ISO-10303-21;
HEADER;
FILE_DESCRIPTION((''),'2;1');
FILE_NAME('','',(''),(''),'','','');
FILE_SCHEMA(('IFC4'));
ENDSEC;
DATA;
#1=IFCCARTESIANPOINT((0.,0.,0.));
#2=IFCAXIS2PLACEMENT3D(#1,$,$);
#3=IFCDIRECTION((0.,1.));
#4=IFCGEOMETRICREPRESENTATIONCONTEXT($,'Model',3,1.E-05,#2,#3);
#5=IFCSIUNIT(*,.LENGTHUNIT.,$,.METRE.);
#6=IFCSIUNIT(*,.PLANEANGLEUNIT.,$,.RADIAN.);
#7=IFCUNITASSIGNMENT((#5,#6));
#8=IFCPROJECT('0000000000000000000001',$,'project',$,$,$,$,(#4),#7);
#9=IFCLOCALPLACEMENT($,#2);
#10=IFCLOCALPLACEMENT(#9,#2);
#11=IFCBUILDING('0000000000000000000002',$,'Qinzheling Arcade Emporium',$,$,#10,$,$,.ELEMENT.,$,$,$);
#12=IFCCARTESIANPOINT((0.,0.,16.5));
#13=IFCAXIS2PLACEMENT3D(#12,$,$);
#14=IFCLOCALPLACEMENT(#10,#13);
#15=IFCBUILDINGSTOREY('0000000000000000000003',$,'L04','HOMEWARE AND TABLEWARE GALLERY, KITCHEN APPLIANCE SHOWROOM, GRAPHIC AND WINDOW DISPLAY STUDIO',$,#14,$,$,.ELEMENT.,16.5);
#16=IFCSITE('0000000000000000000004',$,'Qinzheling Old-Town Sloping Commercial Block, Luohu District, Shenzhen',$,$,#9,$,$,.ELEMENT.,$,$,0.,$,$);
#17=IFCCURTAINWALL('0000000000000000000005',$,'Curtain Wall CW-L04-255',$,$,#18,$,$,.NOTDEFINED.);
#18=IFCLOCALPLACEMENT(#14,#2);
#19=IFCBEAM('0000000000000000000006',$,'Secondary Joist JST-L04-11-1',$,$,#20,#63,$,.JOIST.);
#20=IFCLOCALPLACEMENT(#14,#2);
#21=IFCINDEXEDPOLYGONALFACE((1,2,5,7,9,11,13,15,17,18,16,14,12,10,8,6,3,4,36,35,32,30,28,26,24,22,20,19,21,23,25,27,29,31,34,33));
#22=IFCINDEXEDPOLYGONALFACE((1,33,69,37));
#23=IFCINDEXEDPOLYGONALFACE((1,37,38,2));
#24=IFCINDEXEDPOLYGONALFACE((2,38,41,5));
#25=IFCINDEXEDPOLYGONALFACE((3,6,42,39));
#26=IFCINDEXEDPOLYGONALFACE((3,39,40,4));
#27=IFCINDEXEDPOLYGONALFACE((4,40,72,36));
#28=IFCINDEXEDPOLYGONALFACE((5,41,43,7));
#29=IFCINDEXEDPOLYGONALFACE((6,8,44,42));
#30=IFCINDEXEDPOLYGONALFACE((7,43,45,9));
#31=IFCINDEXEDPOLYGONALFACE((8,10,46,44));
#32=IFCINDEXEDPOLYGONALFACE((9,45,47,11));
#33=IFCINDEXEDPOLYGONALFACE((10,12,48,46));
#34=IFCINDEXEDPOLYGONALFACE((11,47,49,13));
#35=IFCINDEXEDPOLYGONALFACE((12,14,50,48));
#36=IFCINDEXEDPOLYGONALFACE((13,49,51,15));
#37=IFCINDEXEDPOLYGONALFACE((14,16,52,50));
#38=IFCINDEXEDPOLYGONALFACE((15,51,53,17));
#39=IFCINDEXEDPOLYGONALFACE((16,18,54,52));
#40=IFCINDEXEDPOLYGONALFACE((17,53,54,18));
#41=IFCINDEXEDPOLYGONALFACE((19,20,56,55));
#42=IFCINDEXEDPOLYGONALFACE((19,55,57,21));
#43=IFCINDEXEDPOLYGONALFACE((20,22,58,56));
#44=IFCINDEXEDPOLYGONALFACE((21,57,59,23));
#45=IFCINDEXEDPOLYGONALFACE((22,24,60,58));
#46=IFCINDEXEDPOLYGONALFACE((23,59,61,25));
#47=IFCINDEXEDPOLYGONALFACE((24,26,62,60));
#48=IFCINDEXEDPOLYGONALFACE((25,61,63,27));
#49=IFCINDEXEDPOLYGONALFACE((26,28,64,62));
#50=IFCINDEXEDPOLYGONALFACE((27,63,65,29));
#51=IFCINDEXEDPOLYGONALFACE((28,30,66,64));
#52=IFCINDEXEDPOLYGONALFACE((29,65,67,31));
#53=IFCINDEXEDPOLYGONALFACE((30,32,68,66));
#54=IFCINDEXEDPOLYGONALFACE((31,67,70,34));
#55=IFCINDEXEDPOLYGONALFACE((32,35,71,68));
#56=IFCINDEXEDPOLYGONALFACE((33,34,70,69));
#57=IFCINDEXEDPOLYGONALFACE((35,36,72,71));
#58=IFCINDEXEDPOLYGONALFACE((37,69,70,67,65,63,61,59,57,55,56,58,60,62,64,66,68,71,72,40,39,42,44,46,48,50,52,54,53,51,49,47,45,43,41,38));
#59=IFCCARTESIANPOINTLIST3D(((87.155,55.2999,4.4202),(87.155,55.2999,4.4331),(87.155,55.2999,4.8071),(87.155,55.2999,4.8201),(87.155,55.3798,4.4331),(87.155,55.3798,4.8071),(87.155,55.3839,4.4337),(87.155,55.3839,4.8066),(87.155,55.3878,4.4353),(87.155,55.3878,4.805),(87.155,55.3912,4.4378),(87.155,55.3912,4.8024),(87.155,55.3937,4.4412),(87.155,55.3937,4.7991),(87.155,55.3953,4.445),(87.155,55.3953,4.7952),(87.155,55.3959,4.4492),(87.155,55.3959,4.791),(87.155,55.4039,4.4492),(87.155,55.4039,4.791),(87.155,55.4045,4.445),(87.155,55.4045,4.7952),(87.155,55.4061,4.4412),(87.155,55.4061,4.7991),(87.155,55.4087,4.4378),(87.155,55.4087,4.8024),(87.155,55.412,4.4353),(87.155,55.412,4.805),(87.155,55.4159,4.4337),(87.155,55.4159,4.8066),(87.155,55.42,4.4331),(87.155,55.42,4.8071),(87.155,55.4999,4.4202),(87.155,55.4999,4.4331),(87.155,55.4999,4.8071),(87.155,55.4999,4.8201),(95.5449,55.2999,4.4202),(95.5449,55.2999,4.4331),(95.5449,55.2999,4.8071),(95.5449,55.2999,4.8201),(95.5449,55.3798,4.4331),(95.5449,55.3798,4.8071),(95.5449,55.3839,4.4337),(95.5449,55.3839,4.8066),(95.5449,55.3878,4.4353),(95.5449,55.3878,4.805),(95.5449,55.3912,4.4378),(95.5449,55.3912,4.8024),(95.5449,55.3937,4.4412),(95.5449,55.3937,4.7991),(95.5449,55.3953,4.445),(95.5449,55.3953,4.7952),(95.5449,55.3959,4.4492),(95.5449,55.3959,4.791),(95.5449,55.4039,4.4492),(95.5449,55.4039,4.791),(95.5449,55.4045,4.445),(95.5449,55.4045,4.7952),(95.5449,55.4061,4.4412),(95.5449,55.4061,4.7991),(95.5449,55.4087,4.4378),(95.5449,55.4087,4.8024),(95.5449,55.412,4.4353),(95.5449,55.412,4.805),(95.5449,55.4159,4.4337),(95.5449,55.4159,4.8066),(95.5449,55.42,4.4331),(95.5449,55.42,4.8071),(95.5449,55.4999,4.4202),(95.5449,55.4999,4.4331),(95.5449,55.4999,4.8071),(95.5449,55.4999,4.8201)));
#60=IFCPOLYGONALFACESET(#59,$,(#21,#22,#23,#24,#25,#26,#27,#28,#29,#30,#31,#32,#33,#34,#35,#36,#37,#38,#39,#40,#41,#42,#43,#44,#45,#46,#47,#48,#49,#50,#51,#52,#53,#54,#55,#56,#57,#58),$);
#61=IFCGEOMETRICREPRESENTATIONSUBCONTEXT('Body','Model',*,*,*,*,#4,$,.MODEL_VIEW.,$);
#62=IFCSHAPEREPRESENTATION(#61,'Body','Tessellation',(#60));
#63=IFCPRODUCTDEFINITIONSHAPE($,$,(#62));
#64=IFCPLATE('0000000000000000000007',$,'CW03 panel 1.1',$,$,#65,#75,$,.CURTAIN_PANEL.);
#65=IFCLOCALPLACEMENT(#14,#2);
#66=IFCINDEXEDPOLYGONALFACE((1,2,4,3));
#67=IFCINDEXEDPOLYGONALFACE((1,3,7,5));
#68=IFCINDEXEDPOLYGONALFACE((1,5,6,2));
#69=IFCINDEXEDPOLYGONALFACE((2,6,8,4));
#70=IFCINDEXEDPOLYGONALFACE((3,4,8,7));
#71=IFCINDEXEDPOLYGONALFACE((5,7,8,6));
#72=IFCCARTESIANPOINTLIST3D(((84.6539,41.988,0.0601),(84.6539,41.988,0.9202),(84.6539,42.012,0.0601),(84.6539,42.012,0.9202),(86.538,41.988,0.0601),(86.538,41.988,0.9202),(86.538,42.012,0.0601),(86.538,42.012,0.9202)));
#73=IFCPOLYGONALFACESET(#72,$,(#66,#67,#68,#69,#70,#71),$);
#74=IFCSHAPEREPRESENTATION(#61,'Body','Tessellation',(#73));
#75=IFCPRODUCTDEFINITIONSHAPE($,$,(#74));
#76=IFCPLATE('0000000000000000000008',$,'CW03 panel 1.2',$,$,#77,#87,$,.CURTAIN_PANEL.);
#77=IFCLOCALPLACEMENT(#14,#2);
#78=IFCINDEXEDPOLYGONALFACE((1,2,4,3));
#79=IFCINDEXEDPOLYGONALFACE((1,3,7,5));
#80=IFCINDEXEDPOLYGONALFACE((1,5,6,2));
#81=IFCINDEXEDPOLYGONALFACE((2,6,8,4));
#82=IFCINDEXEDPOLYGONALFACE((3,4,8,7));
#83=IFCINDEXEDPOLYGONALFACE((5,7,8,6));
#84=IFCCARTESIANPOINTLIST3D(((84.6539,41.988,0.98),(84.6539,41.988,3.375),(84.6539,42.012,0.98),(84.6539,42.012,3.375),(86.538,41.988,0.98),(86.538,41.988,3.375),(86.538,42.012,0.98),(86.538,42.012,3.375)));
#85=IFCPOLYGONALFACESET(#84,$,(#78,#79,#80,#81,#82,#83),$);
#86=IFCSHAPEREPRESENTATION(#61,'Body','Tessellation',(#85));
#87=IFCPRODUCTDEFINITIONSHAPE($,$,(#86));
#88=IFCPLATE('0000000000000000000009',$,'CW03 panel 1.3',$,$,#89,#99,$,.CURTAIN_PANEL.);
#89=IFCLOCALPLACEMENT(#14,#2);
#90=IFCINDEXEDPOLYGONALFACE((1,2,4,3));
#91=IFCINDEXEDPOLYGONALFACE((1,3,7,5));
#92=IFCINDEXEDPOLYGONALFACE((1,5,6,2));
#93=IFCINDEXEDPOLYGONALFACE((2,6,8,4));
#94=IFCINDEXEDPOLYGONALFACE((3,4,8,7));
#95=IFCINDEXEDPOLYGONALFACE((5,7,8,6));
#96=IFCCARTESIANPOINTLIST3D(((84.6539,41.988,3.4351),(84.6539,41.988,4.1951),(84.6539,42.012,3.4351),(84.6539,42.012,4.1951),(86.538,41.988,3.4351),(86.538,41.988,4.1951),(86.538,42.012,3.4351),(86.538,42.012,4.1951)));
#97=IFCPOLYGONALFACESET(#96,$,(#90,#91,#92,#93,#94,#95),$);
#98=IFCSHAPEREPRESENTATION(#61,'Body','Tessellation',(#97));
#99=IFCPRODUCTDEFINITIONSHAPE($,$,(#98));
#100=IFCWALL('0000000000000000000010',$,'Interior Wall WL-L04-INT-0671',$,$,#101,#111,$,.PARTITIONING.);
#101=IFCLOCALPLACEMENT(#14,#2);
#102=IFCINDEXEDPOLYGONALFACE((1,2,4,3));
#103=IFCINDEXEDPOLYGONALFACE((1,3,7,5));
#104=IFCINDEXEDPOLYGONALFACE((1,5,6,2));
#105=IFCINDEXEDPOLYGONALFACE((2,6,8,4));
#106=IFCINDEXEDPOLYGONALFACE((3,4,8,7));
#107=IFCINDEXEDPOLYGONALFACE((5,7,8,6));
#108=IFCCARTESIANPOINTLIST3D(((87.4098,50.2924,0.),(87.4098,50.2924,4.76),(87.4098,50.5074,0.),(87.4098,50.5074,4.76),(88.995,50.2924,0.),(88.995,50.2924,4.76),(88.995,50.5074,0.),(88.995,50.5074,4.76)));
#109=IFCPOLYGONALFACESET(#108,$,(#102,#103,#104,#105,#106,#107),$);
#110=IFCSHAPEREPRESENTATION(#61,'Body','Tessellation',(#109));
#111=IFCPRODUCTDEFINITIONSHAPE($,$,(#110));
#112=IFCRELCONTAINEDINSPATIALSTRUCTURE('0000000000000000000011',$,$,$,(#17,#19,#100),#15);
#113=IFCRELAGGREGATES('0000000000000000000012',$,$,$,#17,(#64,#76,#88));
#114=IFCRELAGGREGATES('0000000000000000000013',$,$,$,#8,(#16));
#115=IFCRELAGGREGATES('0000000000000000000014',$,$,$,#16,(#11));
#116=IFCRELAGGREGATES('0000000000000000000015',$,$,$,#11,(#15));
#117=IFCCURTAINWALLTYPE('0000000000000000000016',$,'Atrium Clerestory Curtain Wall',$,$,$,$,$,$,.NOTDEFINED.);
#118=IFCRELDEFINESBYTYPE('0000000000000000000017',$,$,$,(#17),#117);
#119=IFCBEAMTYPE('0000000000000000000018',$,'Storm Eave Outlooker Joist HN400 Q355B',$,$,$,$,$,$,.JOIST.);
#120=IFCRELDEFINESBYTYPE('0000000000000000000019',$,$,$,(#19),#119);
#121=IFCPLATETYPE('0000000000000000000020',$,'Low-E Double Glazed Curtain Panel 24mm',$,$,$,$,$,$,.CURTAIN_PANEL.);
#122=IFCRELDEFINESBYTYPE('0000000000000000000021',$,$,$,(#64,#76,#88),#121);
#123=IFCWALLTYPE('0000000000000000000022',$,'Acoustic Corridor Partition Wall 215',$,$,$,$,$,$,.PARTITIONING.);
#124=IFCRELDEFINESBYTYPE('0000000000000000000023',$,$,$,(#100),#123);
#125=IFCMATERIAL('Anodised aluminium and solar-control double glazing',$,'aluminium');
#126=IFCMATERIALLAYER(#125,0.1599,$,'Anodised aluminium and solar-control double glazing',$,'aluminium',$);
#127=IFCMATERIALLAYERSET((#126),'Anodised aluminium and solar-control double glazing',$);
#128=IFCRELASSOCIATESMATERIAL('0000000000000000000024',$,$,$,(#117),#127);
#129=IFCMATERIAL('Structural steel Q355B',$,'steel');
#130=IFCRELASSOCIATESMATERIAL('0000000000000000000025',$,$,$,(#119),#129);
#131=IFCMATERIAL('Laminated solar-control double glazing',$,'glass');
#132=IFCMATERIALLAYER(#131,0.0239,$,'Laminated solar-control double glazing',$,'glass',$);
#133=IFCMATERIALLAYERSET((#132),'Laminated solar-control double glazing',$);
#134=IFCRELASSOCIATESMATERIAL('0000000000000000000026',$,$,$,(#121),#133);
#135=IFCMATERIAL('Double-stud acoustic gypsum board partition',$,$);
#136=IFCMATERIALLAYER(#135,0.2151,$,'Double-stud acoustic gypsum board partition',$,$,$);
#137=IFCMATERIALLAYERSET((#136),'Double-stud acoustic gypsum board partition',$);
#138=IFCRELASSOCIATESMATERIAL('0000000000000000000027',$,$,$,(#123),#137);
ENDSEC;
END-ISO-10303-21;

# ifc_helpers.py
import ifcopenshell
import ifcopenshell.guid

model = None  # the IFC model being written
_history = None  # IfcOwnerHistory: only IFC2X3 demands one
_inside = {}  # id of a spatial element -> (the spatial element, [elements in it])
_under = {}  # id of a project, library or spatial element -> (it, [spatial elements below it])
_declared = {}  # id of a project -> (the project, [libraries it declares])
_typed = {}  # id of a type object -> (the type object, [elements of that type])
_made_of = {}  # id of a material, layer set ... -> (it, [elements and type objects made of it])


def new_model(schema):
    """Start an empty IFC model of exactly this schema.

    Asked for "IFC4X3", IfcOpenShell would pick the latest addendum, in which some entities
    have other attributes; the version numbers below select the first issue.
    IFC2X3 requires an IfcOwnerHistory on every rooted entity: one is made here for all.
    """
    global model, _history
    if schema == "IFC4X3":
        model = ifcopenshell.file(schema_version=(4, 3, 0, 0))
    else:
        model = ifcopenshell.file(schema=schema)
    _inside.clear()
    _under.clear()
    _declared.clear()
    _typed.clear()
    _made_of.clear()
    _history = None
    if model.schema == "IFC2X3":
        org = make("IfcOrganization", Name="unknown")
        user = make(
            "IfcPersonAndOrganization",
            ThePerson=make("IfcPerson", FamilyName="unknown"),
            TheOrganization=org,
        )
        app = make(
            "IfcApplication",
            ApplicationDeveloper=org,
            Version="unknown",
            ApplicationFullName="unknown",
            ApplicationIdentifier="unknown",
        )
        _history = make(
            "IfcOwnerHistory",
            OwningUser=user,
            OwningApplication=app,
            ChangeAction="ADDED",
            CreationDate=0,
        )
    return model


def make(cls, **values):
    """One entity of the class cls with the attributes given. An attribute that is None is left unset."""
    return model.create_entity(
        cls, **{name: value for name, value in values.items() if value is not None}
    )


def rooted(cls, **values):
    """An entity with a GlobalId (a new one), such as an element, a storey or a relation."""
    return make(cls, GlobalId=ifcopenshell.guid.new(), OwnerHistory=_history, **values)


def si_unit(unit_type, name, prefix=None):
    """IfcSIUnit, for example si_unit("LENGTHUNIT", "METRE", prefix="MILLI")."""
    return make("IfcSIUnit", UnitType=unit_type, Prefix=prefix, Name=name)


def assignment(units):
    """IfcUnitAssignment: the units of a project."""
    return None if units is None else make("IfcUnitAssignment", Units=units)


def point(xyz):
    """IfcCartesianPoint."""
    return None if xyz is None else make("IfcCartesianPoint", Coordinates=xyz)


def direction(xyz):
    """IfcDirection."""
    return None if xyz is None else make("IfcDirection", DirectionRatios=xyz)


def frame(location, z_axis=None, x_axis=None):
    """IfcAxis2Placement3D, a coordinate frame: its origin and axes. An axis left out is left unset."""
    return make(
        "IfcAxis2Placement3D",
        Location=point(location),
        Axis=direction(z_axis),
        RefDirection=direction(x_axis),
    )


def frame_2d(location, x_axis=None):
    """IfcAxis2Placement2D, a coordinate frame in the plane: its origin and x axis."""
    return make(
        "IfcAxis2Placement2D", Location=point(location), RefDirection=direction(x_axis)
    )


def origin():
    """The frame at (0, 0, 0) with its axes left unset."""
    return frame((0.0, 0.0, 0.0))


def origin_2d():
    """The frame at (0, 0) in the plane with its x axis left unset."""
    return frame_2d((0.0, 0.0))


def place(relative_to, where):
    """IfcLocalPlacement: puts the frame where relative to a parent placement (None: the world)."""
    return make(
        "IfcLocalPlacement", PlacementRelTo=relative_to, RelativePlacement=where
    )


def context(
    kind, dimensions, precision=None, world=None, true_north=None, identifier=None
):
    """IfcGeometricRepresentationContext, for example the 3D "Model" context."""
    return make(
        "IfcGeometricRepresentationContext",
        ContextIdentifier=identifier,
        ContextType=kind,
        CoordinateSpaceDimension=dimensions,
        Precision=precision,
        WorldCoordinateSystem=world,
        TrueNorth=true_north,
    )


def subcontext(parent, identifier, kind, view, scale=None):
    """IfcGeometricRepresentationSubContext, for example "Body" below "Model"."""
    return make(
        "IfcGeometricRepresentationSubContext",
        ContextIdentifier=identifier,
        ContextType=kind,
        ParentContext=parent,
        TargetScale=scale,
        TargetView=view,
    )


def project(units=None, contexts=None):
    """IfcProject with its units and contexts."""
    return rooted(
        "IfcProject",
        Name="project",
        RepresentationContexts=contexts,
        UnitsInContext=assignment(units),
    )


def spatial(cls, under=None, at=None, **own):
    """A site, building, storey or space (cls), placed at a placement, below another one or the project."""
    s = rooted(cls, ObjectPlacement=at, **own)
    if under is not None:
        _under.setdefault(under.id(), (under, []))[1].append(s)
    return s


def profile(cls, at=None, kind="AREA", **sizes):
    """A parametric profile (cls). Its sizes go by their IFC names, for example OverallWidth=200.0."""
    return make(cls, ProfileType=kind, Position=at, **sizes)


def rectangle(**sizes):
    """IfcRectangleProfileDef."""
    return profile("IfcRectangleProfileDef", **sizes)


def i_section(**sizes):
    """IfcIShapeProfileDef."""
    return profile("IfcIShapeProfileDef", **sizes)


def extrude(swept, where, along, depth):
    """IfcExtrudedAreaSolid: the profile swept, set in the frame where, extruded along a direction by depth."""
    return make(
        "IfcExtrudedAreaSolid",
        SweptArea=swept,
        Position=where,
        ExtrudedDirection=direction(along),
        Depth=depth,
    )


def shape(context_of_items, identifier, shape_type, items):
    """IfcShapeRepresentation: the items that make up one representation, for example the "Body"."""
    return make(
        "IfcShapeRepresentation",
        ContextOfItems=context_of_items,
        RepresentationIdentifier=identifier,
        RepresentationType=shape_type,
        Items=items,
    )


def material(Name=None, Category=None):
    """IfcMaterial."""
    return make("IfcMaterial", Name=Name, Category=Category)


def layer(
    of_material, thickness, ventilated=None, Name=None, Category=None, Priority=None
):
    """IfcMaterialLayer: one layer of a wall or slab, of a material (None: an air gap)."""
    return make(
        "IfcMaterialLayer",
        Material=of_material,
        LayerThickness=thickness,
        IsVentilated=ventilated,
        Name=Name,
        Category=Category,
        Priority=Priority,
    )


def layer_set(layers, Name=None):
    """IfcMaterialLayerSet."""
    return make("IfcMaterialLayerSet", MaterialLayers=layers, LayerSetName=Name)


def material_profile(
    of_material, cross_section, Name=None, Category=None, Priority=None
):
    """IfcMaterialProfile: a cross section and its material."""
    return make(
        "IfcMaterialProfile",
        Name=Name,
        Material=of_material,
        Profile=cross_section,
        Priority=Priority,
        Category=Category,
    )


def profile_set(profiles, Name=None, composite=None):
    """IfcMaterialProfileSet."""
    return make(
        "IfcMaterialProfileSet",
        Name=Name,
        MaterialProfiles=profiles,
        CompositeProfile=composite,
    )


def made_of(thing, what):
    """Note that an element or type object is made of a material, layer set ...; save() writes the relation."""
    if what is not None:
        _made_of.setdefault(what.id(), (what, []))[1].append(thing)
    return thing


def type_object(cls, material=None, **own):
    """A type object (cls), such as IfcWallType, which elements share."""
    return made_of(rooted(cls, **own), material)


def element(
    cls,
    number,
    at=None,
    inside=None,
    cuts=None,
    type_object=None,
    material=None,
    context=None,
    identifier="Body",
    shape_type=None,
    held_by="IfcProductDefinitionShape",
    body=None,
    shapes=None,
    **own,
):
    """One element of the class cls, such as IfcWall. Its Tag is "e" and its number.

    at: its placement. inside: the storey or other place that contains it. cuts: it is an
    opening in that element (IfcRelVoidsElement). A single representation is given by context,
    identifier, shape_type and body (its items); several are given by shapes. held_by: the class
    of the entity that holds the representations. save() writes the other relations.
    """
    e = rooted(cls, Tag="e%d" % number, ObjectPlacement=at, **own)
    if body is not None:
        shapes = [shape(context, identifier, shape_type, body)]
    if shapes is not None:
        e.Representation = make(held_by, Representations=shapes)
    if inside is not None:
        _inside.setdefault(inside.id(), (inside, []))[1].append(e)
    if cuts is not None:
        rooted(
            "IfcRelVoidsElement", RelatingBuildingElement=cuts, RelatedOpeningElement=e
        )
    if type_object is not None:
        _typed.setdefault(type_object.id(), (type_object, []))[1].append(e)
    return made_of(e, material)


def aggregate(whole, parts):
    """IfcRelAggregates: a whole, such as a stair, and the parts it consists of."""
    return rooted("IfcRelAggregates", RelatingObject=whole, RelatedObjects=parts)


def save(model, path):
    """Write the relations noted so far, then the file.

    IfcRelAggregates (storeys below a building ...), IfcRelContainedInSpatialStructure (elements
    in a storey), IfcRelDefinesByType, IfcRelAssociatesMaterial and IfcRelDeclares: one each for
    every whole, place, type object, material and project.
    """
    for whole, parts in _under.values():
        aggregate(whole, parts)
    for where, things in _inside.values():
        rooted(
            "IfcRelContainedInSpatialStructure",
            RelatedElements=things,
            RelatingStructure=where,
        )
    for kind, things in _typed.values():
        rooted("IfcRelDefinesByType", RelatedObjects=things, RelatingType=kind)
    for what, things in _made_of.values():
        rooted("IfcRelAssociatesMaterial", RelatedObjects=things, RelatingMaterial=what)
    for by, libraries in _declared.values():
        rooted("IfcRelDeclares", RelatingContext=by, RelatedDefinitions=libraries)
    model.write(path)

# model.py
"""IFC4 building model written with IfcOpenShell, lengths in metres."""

from ifc_helpers import new_model, si_unit, direction, frame, frame_2d, origin, origin_2d, place, context, subcontext, project, spatial, rectangle, i_section, extrude, material, layer, layer_set, material_profile, profile_set, type_object, element, aggregate, save


model = new_model("IFC4")

# Units and contexts
model_context = context("Model", 3, precision=1e-05, world=origin(), true_north=direction((0.0, 1.0)))
body_context = subcontext(model_context, "Body", "Model", "MODEL_VIEW")
ifc_project = project(units=[si_unit("LENGTHUNIT", "METRE"), si_unit("PLANEANGLEUNIT", "RADIAN")], contexts=[model_context])

# Site, building, storey
site_placement = place(None, origin())
site = spatial("IfcSite", under=ifc_project, at=site_placement, Name="Qinzheling Old-Town Sloping Commercial Block, Luohu District, Shenzhen", CompositionType="ELEMENT", RefElevation=0.0)
building_placement = place(site_placement, origin())
building = spatial("IfcBuilding", under=site, at=building_placement, Name="Qinzheling Arcade Emporium", CompositionType="ELEMENT")
storey_placement = place(building_placement, frame((0.0, 0.0, 16.5)))
storey = spatial("IfcBuildingStorey", under=building, at=storey_placement, Name="L04", Description="HOMEWARE AND TABLEWARE GALLERY, KITCHEN APPLIANCE SHOWROOM, GRAPHIC AND WINDOW DISPLAY STUDIO", CompositionType="ELEMENT", Elevation=16.5)

# Shared definitions
ifc_material_1 = material(Name="Structural steel Q355B", Category="steel")

# Curtain wall
ifc_material_2 = material(Name="Anodised aluminium and solar-control double glazing", Category="aluminium")
ifc_layer_1 = layer(ifc_material_2, 0.1599, Name="Anodised aluminium and solar-control double glazing", Category="aluminium")
ifc_layer_set_1 = layer_set([ifc_layer_1], Name="Anodised aluminium and solar-control double glazing")
curtain_wall_type = type_object("IfcCurtainWallType", Name="Atrium Clerestory Curtain Wall", PredefinedType="NOTDEFINED", material=ifc_layer_set_1)
curtain_wall_placement = place(storey_placement, origin())
curtain_wall = element("IfcCurtainWall", 1, at=curtain_wall_placement, inside=storey, type_object=curtain_wall_type, Name="Curtain Wall CW-L04-255", PredefinedType="NOTDEFINED")

# Beam
ifc_material_profile_1 = material_profile(ifc_material_1, i_section(OverallWidth=0.2, OverallDepth=0.3999, WebThickness=0.0081, FlangeThickness=0.0129, FilletRadius=0.0161, at=origin_2d()), Name="HN 400x200x8x13", Category="steel")
ifc_profile_set_1 = profile_set([ifc_material_profile_1], Name="Structural steel Q355B")
beam_type_1 = type_object("IfcBeamType", Name="Storm Eave Outlooker Joist HN400 Q355B", PredefinedType="JOIST", material=ifc_profile_set_1)
beam_1_placement = place(storey_placement, frame((87.155, 55.3999, 4.6201), z_axis=(1.0, 0.0, 0.0), x_axis=(0.0, 1.0, 0.0)))
element("IfcBeam", 2, at=beam_1_placement, inside=storey, type_object=beam_type_1, Name="Secondary Joist JST-L04-11-1", PredefinedType="JOIST", context=body_context, shape_type="SweptSolid", body=[
    extrude(i_section(OverallWidth=0.2, OverallDepth=0.3999, WebThickness=0.0081, FlangeThickness=0.0129, FilletRadius=0.0161, at=origin_2d()), origin(), (0.0, 0.0, 1.0), 8.3899),
])

# Plates
ifc_material_3 = material(Name="Laminated solar-control double glazing", Category="glass")
ifc_layer_2 = layer(ifc_material_3, 0.0239, Name="Laminated solar-control double glazing", Category="glass")
ifc_layer_set_2 = layer_set([ifc_layer_2], Name="Laminated solar-control double glazing")
plate_type = type_object("IfcPlateType", Name="Low-E Double Glazed Curtain Panel 24mm", PredefinedType="CURTAIN_PANEL", material=ifc_layer_set_2)
plate_1_placement = place(storey_placement, frame((85.5959, 42.0, 0.0601), z_axis=(0.0, 0.0, 1.0), x_axis=(-1.0, 0.0, 0.0)))
plate_1 = element("IfcPlate", 3, at=plate_1_placement, type_object=plate_type, Name="CW03 panel 1.1", PredefinedType="CURTAIN_PANEL", context=body_context, shape_type="SweptSolid", body=[
    extrude(rectangle(XDim=1.884, YDim=0.0239, at=origin_2d()), origin(), (0.0, 0.0, 1.0), 0.8601),
])
plate_2_placement = place(storey_placement, frame((85.5959, 42.0, 0.98), z_axis=(0.0, 0.0, 1.0), x_axis=(-1.0, 0.0, 0.0)))
plate_2 = element("IfcPlate", 4, at=plate_2_placement, type_object=plate_type, Name="CW03 panel 1.2", PredefinedType="CURTAIN_PANEL", context=body_context, shape_type="SweptSolid", body=[
    extrude(rectangle(XDim=1.884, YDim=0.0239, at=origin_2d()), origin(), (0.0, 0.0, 1.0), 2.395),
])
plate_3_placement = place(storey_placement, frame((85.5959, 42.0, 3.4351), z_axis=(0.0, 0.0, 1.0), x_axis=(-1.0, 0.0, 0.0)))
plate_3 = element("IfcPlate", 5, at=plate_3_placement, type_object=plate_type, Name="CW03 panel 1.3", PredefinedType="CURTAIN_PANEL", context=body_context, shape_type="SweptSolid", body=[
    extrude(rectangle(XDim=1.884, YDim=0.0239, at=origin_2d()), origin(), (0.0, 0.0, 1.0), 0.76),
])
aggregate(curtain_wall, [plate_1, plate_2, plate_3])

# Wall
ifc_material_4 = material(Name="Double-stud acoustic gypsum board partition")
ifc_layer_3 = layer(ifc_material_4, 0.2151, Name="Double-stud acoustic gypsum board partition")
ifc_layer_set_3 = layer_set([ifc_layer_3], Name="Double-stud acoustic gypsum board partition")
wall_type = type_object("IfcWallType", Name="Acoustic Corridor Partition Wall 215", PredefinedType="PARTITIONING", material=ifc_layer_set_3)
wall_placement = place(storey_placement, frame((87.4099, 50.3999, 0.0), z_axis=(0.0, 0.0, 1.0), x_axis=(1.0, 0.0, 0.0)))
element("IfcWall", 6, at=wall_placement, inside=storey, type_object=wall_type, Name="Interior Wall WL-L04-INT-0671", PredefinedType="PARTITIONING", context=body_context, shape_type="SweptSolid", body=[
    extrude(rectangle(XDim=1.5852, YDim=0.2151, at=frame_2d((0.7925, 0.0))), origin(), (0.0, 0.0, 1.0), 4.76),
])

save(model, "model.ifc")
